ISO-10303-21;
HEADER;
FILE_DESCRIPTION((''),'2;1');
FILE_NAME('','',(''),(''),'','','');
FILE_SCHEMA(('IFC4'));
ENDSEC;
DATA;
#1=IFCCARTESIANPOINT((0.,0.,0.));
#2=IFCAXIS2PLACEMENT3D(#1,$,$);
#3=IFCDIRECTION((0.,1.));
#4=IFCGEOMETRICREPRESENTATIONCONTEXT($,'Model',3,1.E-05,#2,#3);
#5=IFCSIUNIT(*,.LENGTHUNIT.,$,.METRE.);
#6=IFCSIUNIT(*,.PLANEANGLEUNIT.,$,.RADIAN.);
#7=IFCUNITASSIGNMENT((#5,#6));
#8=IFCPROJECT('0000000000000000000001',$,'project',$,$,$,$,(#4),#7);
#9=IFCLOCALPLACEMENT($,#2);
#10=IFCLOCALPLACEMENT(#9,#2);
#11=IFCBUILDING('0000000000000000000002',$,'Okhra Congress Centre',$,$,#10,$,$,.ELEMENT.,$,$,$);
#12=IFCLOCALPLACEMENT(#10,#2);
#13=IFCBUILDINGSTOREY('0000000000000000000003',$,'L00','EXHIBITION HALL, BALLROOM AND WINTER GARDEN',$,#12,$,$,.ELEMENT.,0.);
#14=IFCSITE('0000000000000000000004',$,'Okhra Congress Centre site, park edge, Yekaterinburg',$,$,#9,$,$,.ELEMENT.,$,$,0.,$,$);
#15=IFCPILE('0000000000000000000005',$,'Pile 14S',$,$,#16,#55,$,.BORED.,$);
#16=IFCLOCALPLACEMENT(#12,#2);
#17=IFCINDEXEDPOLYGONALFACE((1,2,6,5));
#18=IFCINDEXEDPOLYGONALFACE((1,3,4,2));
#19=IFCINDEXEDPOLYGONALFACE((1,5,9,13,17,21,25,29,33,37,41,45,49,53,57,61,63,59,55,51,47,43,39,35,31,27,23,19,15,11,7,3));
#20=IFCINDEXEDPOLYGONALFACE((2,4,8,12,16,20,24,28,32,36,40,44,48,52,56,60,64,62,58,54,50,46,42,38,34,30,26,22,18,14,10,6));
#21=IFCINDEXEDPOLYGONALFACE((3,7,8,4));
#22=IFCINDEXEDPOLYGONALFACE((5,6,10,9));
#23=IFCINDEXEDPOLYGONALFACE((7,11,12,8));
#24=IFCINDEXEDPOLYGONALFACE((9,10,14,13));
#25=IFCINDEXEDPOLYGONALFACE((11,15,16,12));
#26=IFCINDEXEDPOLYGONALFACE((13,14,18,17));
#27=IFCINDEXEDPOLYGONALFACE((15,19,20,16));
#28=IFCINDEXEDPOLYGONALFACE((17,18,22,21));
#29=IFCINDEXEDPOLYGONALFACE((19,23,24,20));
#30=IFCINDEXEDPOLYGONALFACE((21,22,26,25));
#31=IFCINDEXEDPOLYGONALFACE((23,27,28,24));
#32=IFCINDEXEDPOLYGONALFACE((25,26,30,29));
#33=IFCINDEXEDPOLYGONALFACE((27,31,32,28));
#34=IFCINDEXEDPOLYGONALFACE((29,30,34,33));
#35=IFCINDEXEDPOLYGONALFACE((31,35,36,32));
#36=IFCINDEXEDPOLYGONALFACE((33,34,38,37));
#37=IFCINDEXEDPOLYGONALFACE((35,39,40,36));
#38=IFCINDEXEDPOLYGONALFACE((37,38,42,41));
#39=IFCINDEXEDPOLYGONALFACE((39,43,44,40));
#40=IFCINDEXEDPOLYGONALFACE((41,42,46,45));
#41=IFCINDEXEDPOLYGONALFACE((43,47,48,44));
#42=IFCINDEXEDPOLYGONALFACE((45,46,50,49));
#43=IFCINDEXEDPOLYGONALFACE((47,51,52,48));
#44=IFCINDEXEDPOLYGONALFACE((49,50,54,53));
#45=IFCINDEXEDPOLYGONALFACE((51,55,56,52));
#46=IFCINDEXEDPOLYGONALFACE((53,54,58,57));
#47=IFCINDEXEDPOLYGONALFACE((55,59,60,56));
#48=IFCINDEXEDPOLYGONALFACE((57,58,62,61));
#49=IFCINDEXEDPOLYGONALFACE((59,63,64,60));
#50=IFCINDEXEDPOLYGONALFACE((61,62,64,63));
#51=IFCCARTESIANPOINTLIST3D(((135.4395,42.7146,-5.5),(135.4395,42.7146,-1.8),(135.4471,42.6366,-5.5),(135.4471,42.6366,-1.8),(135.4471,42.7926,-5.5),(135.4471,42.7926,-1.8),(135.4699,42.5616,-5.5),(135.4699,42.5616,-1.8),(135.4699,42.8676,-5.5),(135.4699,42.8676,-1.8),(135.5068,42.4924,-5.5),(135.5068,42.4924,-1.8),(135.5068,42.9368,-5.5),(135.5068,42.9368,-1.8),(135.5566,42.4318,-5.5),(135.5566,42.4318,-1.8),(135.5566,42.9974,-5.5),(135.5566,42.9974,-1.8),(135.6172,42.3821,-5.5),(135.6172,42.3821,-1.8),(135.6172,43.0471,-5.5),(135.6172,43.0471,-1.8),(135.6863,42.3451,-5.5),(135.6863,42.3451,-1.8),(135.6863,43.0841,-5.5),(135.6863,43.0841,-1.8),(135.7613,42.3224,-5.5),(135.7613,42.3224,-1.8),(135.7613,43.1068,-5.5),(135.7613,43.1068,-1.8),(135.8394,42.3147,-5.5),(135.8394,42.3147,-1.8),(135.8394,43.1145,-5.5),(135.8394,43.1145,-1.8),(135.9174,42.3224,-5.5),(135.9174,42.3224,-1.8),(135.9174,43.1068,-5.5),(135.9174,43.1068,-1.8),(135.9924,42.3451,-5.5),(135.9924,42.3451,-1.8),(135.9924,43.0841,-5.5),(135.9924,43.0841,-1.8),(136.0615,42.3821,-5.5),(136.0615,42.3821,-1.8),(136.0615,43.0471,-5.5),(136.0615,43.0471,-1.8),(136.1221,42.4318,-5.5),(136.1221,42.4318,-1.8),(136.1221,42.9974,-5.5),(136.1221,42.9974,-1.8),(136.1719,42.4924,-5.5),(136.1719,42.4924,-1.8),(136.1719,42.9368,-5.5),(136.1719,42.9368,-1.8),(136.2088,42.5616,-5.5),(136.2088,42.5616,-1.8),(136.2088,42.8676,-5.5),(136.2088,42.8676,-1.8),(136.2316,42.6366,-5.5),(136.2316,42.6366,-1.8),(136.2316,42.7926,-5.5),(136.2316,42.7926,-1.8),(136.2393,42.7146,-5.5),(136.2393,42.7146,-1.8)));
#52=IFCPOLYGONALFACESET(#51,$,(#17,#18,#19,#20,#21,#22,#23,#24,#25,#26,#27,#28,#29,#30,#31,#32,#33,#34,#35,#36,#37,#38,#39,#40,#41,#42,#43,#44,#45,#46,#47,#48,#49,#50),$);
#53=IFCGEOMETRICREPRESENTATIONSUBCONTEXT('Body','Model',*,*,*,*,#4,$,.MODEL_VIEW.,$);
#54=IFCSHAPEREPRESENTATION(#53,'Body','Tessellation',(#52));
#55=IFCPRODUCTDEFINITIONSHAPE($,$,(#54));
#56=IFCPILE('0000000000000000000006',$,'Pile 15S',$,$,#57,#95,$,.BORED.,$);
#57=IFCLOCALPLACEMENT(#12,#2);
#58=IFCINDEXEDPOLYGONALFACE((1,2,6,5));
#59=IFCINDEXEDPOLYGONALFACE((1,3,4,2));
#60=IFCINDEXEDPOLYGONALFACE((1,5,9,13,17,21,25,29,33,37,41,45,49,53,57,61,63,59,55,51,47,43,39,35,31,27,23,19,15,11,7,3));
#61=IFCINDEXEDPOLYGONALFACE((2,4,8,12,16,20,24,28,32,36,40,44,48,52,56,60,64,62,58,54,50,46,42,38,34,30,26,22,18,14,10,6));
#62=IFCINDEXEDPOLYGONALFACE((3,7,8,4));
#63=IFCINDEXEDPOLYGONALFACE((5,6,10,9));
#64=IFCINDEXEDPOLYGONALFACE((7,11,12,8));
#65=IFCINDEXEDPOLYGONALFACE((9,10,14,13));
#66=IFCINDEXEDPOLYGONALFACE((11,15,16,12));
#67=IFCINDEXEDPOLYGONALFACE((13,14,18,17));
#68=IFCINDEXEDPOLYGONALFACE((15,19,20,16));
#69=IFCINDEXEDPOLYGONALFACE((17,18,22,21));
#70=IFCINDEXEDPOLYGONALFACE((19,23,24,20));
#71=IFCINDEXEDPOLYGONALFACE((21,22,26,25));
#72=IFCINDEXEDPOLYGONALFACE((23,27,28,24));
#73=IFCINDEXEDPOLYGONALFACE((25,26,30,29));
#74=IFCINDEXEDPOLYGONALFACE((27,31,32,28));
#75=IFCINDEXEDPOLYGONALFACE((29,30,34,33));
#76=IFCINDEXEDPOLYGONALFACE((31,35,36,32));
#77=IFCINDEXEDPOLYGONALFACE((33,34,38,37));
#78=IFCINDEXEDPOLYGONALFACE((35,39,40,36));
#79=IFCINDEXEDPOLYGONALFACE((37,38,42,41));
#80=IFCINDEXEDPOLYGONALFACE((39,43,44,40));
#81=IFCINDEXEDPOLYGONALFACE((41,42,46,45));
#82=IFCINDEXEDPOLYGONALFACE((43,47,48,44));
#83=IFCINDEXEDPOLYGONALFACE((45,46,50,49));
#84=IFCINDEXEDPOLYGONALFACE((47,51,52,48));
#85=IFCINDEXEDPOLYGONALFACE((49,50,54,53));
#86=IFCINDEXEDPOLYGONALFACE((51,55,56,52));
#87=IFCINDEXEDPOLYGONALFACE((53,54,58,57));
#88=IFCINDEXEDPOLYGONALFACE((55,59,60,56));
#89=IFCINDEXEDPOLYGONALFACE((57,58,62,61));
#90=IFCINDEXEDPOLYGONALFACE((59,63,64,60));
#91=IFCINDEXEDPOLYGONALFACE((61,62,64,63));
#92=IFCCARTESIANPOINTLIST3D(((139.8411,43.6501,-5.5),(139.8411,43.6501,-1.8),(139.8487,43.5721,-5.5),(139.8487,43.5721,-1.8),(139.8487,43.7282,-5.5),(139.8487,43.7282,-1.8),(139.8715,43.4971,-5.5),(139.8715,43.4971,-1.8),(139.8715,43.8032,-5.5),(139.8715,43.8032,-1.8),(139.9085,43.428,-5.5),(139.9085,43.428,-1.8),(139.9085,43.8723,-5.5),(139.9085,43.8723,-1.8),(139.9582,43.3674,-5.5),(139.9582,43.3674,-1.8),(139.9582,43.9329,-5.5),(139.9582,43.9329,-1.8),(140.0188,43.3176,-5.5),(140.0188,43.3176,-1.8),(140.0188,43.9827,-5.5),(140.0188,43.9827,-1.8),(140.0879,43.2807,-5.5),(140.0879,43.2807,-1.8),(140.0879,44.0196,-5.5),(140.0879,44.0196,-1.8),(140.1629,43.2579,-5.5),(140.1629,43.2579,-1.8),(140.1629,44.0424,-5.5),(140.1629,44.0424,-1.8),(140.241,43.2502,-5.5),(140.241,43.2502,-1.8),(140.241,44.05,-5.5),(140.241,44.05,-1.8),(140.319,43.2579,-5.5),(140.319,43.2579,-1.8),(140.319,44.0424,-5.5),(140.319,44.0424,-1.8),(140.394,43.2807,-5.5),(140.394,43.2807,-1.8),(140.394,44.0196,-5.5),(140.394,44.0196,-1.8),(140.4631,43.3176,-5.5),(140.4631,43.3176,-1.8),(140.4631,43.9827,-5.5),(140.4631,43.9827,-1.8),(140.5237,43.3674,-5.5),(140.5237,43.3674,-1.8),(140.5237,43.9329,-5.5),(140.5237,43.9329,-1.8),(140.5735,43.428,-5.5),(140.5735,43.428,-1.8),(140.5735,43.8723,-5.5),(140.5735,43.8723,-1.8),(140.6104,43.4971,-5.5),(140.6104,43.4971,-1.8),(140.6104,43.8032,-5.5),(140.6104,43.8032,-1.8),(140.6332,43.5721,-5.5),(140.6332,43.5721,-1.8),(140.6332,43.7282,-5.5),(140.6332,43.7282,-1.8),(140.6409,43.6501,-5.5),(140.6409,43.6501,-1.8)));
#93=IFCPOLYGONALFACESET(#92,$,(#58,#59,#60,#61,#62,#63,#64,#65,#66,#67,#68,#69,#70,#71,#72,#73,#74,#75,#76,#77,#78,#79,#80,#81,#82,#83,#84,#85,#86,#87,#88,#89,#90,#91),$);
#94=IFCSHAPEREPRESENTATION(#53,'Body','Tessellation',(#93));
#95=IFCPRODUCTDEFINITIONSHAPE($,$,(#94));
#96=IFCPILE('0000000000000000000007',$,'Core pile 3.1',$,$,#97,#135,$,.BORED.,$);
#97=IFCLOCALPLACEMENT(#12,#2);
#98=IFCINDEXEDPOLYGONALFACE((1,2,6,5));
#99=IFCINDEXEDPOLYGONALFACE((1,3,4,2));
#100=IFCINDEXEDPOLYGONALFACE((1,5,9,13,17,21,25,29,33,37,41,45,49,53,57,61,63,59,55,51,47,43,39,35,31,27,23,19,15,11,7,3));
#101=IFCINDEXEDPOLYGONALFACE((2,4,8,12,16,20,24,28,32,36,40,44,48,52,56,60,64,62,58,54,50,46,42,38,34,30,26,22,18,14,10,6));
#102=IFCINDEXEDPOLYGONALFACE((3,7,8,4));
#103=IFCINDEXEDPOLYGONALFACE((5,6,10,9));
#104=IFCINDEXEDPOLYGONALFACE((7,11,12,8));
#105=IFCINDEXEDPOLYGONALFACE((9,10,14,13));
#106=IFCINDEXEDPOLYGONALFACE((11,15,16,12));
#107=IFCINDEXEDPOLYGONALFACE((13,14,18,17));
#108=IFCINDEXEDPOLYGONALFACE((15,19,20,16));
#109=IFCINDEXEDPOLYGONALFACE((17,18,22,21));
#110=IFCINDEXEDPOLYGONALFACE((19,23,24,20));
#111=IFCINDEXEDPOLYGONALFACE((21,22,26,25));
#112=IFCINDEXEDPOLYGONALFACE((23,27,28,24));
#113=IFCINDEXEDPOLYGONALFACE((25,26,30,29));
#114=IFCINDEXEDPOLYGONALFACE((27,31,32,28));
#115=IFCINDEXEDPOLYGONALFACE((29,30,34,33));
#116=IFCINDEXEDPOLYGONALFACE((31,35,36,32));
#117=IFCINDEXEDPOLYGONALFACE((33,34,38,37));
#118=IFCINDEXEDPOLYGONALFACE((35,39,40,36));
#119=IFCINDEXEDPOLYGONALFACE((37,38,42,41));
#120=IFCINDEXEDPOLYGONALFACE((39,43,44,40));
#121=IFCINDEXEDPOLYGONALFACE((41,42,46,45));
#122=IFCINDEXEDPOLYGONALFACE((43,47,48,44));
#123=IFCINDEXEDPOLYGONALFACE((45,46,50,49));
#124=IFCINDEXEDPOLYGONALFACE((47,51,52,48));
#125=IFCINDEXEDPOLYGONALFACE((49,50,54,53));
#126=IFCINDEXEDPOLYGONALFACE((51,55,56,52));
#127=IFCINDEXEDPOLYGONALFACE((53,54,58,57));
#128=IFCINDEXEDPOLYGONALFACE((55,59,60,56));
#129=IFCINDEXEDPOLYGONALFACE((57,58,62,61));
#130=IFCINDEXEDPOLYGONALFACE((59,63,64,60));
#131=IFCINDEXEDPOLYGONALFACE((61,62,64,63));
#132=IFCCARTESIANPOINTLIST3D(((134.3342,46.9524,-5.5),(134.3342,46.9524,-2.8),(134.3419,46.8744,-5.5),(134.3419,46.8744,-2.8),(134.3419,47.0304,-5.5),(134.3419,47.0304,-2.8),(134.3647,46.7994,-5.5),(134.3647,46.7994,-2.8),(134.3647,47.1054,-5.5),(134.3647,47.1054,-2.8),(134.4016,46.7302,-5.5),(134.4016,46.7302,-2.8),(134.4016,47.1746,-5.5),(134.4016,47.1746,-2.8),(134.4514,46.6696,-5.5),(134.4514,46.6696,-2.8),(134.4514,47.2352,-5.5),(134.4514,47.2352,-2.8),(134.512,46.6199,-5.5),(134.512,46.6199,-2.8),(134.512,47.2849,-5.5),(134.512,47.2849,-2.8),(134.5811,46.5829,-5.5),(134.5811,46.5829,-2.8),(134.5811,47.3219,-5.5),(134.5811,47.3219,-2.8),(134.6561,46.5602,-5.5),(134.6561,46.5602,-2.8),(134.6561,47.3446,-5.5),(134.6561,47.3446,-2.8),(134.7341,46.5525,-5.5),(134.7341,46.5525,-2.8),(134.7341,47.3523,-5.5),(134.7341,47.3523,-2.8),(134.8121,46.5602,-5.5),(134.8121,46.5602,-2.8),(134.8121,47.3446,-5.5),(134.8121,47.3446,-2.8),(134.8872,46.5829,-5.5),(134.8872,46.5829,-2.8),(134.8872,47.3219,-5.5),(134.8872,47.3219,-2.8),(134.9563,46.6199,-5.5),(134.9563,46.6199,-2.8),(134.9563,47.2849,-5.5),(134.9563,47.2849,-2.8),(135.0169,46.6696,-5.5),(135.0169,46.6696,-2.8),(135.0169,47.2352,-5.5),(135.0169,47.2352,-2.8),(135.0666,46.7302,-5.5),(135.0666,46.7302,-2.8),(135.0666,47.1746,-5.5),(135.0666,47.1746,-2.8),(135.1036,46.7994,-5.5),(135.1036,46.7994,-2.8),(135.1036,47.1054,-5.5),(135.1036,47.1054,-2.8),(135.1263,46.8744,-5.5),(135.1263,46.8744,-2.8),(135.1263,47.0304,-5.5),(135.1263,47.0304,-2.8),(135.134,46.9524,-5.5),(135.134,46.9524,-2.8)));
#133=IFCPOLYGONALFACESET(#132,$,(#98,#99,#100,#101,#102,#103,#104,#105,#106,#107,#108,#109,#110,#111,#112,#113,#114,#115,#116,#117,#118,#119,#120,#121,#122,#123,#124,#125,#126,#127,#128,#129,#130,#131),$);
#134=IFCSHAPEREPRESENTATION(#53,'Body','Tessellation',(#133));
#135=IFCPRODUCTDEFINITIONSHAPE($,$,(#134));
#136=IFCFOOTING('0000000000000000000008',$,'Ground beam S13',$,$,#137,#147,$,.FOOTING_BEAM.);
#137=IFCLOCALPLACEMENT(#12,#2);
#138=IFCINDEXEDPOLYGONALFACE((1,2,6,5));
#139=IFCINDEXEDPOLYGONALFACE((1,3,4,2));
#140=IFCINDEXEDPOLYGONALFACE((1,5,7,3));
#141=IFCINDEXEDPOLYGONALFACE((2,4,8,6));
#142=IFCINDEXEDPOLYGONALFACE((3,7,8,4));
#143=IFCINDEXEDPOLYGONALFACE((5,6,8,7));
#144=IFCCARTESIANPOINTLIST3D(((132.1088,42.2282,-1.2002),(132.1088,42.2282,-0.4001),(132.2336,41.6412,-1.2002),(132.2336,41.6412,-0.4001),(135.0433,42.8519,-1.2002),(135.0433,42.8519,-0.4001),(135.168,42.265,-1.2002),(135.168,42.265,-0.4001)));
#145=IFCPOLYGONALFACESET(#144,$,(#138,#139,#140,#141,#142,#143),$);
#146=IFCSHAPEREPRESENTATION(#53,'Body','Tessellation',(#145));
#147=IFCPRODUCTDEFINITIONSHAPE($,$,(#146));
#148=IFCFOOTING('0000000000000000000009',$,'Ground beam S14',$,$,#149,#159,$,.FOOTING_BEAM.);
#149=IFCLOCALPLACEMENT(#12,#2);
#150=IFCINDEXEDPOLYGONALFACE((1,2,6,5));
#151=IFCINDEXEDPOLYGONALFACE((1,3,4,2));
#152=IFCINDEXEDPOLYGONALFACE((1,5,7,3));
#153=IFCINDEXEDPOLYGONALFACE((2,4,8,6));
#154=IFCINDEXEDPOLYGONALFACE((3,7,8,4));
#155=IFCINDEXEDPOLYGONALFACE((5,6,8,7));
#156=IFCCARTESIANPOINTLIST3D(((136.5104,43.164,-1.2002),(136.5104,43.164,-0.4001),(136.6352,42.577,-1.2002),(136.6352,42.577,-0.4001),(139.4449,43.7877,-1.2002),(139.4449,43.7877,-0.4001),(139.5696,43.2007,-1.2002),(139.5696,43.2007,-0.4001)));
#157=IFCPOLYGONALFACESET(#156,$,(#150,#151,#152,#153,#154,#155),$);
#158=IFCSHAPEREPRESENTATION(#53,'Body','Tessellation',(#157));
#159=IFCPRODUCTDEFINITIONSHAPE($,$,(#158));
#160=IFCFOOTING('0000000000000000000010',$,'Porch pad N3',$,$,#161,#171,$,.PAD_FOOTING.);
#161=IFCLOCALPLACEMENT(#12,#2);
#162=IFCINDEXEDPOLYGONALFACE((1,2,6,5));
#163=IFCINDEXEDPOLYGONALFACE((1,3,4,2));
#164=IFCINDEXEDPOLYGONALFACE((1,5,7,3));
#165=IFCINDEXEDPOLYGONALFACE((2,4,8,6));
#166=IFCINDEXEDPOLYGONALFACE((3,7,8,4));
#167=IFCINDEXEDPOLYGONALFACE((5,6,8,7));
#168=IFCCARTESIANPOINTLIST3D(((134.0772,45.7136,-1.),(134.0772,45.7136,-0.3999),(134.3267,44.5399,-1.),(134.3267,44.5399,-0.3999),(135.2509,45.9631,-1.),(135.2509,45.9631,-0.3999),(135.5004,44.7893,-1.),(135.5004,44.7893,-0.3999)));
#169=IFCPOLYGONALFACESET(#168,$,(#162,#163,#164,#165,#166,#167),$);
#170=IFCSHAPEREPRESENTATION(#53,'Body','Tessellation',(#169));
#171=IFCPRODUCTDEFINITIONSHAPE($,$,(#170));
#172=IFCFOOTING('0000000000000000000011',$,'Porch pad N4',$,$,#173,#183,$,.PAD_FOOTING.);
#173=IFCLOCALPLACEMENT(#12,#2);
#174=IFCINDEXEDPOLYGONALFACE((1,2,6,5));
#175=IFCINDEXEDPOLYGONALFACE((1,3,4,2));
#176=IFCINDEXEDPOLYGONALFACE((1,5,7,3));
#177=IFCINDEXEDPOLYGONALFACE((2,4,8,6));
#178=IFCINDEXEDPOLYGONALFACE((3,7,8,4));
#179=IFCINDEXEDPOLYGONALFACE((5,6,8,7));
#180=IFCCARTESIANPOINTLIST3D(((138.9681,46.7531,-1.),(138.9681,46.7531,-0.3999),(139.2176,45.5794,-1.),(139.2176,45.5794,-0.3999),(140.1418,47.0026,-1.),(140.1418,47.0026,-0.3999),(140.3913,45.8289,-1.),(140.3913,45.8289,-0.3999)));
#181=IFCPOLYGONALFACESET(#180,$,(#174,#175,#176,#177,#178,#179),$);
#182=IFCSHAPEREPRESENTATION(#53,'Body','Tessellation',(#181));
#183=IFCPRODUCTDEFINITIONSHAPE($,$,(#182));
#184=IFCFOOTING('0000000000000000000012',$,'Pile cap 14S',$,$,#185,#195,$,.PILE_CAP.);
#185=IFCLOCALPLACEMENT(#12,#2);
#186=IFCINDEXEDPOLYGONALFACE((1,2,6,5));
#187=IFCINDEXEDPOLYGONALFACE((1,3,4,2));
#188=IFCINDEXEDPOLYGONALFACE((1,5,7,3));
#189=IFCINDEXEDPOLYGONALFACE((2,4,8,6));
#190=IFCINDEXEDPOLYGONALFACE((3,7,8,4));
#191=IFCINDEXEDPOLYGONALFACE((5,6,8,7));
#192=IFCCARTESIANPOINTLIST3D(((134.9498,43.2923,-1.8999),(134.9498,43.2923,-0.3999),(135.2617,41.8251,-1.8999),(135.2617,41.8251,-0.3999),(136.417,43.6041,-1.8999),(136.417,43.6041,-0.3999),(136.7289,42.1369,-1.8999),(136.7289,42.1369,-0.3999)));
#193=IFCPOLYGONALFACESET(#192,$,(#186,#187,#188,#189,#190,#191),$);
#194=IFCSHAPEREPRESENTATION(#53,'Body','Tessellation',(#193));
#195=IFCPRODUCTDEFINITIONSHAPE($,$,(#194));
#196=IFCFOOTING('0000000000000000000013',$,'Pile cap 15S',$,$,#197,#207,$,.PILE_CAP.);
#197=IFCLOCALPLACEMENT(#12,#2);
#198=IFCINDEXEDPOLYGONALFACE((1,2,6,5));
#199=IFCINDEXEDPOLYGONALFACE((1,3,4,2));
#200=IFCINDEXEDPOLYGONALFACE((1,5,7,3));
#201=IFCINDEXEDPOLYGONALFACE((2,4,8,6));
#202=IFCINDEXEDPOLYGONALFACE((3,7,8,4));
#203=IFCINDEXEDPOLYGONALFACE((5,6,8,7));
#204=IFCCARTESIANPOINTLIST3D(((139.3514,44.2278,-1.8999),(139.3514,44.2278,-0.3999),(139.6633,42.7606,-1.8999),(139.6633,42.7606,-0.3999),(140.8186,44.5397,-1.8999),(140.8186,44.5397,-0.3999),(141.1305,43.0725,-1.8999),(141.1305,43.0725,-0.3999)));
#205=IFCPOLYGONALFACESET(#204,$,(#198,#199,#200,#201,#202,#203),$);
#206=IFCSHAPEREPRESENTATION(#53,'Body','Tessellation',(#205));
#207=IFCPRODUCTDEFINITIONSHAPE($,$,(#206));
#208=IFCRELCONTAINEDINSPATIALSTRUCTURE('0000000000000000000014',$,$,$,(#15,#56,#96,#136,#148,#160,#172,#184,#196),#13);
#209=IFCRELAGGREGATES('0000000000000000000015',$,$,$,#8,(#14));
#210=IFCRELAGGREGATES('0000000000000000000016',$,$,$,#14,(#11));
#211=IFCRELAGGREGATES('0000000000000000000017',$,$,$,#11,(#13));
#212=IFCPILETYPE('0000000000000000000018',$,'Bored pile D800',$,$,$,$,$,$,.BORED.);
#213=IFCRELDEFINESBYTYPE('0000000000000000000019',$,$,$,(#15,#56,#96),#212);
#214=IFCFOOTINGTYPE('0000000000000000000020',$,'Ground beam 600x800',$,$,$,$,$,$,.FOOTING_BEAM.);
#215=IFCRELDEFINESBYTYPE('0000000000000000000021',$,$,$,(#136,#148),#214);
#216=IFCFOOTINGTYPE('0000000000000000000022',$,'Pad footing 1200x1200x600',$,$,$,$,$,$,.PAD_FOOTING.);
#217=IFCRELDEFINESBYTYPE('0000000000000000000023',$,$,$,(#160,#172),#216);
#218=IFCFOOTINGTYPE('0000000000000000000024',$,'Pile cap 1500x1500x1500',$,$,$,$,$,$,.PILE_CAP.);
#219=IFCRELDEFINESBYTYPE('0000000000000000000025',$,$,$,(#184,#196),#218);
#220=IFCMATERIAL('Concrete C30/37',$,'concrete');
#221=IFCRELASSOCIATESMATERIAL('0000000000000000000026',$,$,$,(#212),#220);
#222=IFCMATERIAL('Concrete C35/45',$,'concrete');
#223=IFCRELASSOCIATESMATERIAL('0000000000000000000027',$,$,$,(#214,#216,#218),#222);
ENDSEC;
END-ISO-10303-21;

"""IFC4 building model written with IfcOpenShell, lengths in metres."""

from ifc_helpers import new_model, si_unit, direction, frame, origin, origin_2d, place, context, subcontext, project, spatial, rectangle, circle, extrude, material, material_profile, profile_set, type_object, element, save


model = new_model("IFC4")

# Units and contexts
model_context = context("Model", 3, precision=1e-05, world=origin(), true_north=direction((0.0, 1.0)))
body_context = subcontext(model_context, "Body", "Model", "MODEL_VIEW")
ifc_project = project(units=[si_unit("LENGTHUNIT", "METRE"), si_unit("PLANEANGLEUNIT", "RADIAN")], contexts=[model_context])

# Site, building, storey
site_placement = place(None, origin())
site = spatial("IfcSite", under=ifc_project, at=site_placement, Name="Okhra Congress Centre site, park edge, Yekaterinburg", CompositionType="ELEMENT", RefElevation=0.0)
building_placement = place(site_placement, origin())
building = spatial("IfcBuilding", under=site, at=building_placement, Name="Okhra Congress Centre", CompositionType="ELEMENT")
storey_placement = place(building_placement, origin())
storey = spatial("IfcBuildingStorey", under=building, at=storey_placement, Name="L00", Description="EXHIBITION HALL, BALLROOM AND WINTER GARDEN", CompositionType="ELEMENT", Elevation=0.0)

# Piles
ifc_material_1 = material(Name="Concrete C30/37", Category="concrete")
ifc_material_profile_1 = material_profile(ifc_material_1, circle(Radius=0.3999, at=origin_2d()), Name="D800")
ifc_profile_set_1 = profile_set([ifc_material_profile_1], Name="Concrete C30/37")
pile_type = type_object("IfcPileType", Name="Bored pile D800", PredefinedType="BORED", material=ifc_profile_set_1)
for number, where, z_axis, x_axis, name in (
    (1, (135.8394, 42.7146, -1.8), (0.0, 0.0, -1.0), (1.0, 0.0, 0.0), "Pile 14S"),
    (2, (140.241, 43.6501, -1.8), (0.0, 0.0, -1.0), (1.0, 0.0, 0.0), "Pile 15S"),
):
    element("IfcPile", number, at=place(storey_placement, frame(where, z_axis=z_axis, x_axis=x_axis)), inside=storey, type_object=pile_type, Name=name, PredefinedType="BORED", context=body_context, shape_type="SweptSolid", body=[
        extrude(circle(Radius=0.3999, at=origin_2d()), origin(), (0.0, 0.0, 1.0), 3.7),
    ])
pile_placement = place(storey_placement, frame((134.7341, 46.9524, -2.8), z_axis=(0.0, 0.0, -1.0), x_axis=(1.0, 0.0, 0.0)))
element("IfcPile", 3, at=pile_placement, inside=storey, type_object=pile_type, Name="Core pile 3.1", PredefinedType="BORED", context=body_context, shape_type="SweptSolid", body=[
    extrude(circle(Radius=0.3999, at=origin_2d()), origin(), (0.0, 0.0, 1.0), 2.7),
])

# Footings
ifc_material_2 = material(Name="Concrete C35/45", Category="concrete")
footing_type_1 = type_object("IfcFootingType", Name="Ground beam 600x800", PredefinedType="FOOTING_BEAM", material=ifc_material_2)
for number, where, z_axis, x_axis, name in (
    (4, (133.6384, 42.2466, -1.2002), (0.0, 0.0, 1.0), (0.978148, 0.207912, 0.0), "Ground beam S13"),
    (5, (138.04, 43.1824, -1.2002), (0.0, 0.0, 1.0), (0.978148, 0.207912, 0.0), "Ground beam S14"),
):
    element("IfcFooting", number, at=place(storey_placement, frame(where, z_axis=z_axis, x_axis=x_axis)), inside=storey, type_object=footing_type_1, Name=name, PredefinedType="FOOTING_BEAM", context=body_context, shape_type="SweptSolid", body=[
        extrude(rectangle(XDim=3.0, YDim=0.6001, at=origin_2d()), origin(), (0.0, 0.0, 1.0), 0.8),
    ])
footing_type_2 = type_object("IfcFootingType", Name="Pad footing 1200x1200x600", PredefinedType="PAD_FOOTING", material=ifc_material_2)
for number, where, z_axis, x_axis, name in (
    (6, (134.7888, 45.2515, -1.0), (0.0, 0.0, 1.0), (0.978148, 0.207912, 0.0), "Porch pad N3"),
    (7, (139.6797, 46.291, -1.0), (0.0, 0.0, 1.0), (0.978148, 0.207912, 0.0), "Porch pad N4"),
):
    element("IfcFooting", number, at=place(storey_placement, frame(where, z_axis=z_axis, x_axis=x_axis)), inside=storey, type_object=footing_type_2, Name=name, PredefinedType="PAD_FOOTING", context=body_context, shape_type="SweptSolid", body=[
        extrude(rectangle(XDim=1.2, YDim=1.2, at=origin_2d()), origin(), (0.0, 0.0, 1.0), 0.6001),
    ])
footing_type_3 = type_object("IfcFootingType", Name="Pile cap 1500x1500x1500", PredefinedType="PILE_CAP", material=ifc_material_2)
for number, where, z_axis, x_axis, name in (
    (8, (135.8394, 42.7146, -1.8999), (0.0, 0.0, 1.0), (0.978148, 0.207912, 0.0), "Pile cap 14S"),
    (9, (140.241, 43.6501, -1.8999), (0.0, 0.0, 1.0), (0.978148, 0.207912, 0.0), "Pile cap 15S"),
):
    element("IfcFooting", number, at=place(storey_placement, frame(where, z_axis=z_axis, x_axis=x_axis)), inside=storey, type_object=footing_type_3, Name=name, PredefinedType="PILE_CAP", context=body_context, shape_type="SweptSolid", body=[
        extrude(rectangle(XDim=1.5, YDim=1.5, at=origin_2d()), origin(), (0.0, 0.0, 1.0), 1.5),
    ])

save(model, "model.ifc")
